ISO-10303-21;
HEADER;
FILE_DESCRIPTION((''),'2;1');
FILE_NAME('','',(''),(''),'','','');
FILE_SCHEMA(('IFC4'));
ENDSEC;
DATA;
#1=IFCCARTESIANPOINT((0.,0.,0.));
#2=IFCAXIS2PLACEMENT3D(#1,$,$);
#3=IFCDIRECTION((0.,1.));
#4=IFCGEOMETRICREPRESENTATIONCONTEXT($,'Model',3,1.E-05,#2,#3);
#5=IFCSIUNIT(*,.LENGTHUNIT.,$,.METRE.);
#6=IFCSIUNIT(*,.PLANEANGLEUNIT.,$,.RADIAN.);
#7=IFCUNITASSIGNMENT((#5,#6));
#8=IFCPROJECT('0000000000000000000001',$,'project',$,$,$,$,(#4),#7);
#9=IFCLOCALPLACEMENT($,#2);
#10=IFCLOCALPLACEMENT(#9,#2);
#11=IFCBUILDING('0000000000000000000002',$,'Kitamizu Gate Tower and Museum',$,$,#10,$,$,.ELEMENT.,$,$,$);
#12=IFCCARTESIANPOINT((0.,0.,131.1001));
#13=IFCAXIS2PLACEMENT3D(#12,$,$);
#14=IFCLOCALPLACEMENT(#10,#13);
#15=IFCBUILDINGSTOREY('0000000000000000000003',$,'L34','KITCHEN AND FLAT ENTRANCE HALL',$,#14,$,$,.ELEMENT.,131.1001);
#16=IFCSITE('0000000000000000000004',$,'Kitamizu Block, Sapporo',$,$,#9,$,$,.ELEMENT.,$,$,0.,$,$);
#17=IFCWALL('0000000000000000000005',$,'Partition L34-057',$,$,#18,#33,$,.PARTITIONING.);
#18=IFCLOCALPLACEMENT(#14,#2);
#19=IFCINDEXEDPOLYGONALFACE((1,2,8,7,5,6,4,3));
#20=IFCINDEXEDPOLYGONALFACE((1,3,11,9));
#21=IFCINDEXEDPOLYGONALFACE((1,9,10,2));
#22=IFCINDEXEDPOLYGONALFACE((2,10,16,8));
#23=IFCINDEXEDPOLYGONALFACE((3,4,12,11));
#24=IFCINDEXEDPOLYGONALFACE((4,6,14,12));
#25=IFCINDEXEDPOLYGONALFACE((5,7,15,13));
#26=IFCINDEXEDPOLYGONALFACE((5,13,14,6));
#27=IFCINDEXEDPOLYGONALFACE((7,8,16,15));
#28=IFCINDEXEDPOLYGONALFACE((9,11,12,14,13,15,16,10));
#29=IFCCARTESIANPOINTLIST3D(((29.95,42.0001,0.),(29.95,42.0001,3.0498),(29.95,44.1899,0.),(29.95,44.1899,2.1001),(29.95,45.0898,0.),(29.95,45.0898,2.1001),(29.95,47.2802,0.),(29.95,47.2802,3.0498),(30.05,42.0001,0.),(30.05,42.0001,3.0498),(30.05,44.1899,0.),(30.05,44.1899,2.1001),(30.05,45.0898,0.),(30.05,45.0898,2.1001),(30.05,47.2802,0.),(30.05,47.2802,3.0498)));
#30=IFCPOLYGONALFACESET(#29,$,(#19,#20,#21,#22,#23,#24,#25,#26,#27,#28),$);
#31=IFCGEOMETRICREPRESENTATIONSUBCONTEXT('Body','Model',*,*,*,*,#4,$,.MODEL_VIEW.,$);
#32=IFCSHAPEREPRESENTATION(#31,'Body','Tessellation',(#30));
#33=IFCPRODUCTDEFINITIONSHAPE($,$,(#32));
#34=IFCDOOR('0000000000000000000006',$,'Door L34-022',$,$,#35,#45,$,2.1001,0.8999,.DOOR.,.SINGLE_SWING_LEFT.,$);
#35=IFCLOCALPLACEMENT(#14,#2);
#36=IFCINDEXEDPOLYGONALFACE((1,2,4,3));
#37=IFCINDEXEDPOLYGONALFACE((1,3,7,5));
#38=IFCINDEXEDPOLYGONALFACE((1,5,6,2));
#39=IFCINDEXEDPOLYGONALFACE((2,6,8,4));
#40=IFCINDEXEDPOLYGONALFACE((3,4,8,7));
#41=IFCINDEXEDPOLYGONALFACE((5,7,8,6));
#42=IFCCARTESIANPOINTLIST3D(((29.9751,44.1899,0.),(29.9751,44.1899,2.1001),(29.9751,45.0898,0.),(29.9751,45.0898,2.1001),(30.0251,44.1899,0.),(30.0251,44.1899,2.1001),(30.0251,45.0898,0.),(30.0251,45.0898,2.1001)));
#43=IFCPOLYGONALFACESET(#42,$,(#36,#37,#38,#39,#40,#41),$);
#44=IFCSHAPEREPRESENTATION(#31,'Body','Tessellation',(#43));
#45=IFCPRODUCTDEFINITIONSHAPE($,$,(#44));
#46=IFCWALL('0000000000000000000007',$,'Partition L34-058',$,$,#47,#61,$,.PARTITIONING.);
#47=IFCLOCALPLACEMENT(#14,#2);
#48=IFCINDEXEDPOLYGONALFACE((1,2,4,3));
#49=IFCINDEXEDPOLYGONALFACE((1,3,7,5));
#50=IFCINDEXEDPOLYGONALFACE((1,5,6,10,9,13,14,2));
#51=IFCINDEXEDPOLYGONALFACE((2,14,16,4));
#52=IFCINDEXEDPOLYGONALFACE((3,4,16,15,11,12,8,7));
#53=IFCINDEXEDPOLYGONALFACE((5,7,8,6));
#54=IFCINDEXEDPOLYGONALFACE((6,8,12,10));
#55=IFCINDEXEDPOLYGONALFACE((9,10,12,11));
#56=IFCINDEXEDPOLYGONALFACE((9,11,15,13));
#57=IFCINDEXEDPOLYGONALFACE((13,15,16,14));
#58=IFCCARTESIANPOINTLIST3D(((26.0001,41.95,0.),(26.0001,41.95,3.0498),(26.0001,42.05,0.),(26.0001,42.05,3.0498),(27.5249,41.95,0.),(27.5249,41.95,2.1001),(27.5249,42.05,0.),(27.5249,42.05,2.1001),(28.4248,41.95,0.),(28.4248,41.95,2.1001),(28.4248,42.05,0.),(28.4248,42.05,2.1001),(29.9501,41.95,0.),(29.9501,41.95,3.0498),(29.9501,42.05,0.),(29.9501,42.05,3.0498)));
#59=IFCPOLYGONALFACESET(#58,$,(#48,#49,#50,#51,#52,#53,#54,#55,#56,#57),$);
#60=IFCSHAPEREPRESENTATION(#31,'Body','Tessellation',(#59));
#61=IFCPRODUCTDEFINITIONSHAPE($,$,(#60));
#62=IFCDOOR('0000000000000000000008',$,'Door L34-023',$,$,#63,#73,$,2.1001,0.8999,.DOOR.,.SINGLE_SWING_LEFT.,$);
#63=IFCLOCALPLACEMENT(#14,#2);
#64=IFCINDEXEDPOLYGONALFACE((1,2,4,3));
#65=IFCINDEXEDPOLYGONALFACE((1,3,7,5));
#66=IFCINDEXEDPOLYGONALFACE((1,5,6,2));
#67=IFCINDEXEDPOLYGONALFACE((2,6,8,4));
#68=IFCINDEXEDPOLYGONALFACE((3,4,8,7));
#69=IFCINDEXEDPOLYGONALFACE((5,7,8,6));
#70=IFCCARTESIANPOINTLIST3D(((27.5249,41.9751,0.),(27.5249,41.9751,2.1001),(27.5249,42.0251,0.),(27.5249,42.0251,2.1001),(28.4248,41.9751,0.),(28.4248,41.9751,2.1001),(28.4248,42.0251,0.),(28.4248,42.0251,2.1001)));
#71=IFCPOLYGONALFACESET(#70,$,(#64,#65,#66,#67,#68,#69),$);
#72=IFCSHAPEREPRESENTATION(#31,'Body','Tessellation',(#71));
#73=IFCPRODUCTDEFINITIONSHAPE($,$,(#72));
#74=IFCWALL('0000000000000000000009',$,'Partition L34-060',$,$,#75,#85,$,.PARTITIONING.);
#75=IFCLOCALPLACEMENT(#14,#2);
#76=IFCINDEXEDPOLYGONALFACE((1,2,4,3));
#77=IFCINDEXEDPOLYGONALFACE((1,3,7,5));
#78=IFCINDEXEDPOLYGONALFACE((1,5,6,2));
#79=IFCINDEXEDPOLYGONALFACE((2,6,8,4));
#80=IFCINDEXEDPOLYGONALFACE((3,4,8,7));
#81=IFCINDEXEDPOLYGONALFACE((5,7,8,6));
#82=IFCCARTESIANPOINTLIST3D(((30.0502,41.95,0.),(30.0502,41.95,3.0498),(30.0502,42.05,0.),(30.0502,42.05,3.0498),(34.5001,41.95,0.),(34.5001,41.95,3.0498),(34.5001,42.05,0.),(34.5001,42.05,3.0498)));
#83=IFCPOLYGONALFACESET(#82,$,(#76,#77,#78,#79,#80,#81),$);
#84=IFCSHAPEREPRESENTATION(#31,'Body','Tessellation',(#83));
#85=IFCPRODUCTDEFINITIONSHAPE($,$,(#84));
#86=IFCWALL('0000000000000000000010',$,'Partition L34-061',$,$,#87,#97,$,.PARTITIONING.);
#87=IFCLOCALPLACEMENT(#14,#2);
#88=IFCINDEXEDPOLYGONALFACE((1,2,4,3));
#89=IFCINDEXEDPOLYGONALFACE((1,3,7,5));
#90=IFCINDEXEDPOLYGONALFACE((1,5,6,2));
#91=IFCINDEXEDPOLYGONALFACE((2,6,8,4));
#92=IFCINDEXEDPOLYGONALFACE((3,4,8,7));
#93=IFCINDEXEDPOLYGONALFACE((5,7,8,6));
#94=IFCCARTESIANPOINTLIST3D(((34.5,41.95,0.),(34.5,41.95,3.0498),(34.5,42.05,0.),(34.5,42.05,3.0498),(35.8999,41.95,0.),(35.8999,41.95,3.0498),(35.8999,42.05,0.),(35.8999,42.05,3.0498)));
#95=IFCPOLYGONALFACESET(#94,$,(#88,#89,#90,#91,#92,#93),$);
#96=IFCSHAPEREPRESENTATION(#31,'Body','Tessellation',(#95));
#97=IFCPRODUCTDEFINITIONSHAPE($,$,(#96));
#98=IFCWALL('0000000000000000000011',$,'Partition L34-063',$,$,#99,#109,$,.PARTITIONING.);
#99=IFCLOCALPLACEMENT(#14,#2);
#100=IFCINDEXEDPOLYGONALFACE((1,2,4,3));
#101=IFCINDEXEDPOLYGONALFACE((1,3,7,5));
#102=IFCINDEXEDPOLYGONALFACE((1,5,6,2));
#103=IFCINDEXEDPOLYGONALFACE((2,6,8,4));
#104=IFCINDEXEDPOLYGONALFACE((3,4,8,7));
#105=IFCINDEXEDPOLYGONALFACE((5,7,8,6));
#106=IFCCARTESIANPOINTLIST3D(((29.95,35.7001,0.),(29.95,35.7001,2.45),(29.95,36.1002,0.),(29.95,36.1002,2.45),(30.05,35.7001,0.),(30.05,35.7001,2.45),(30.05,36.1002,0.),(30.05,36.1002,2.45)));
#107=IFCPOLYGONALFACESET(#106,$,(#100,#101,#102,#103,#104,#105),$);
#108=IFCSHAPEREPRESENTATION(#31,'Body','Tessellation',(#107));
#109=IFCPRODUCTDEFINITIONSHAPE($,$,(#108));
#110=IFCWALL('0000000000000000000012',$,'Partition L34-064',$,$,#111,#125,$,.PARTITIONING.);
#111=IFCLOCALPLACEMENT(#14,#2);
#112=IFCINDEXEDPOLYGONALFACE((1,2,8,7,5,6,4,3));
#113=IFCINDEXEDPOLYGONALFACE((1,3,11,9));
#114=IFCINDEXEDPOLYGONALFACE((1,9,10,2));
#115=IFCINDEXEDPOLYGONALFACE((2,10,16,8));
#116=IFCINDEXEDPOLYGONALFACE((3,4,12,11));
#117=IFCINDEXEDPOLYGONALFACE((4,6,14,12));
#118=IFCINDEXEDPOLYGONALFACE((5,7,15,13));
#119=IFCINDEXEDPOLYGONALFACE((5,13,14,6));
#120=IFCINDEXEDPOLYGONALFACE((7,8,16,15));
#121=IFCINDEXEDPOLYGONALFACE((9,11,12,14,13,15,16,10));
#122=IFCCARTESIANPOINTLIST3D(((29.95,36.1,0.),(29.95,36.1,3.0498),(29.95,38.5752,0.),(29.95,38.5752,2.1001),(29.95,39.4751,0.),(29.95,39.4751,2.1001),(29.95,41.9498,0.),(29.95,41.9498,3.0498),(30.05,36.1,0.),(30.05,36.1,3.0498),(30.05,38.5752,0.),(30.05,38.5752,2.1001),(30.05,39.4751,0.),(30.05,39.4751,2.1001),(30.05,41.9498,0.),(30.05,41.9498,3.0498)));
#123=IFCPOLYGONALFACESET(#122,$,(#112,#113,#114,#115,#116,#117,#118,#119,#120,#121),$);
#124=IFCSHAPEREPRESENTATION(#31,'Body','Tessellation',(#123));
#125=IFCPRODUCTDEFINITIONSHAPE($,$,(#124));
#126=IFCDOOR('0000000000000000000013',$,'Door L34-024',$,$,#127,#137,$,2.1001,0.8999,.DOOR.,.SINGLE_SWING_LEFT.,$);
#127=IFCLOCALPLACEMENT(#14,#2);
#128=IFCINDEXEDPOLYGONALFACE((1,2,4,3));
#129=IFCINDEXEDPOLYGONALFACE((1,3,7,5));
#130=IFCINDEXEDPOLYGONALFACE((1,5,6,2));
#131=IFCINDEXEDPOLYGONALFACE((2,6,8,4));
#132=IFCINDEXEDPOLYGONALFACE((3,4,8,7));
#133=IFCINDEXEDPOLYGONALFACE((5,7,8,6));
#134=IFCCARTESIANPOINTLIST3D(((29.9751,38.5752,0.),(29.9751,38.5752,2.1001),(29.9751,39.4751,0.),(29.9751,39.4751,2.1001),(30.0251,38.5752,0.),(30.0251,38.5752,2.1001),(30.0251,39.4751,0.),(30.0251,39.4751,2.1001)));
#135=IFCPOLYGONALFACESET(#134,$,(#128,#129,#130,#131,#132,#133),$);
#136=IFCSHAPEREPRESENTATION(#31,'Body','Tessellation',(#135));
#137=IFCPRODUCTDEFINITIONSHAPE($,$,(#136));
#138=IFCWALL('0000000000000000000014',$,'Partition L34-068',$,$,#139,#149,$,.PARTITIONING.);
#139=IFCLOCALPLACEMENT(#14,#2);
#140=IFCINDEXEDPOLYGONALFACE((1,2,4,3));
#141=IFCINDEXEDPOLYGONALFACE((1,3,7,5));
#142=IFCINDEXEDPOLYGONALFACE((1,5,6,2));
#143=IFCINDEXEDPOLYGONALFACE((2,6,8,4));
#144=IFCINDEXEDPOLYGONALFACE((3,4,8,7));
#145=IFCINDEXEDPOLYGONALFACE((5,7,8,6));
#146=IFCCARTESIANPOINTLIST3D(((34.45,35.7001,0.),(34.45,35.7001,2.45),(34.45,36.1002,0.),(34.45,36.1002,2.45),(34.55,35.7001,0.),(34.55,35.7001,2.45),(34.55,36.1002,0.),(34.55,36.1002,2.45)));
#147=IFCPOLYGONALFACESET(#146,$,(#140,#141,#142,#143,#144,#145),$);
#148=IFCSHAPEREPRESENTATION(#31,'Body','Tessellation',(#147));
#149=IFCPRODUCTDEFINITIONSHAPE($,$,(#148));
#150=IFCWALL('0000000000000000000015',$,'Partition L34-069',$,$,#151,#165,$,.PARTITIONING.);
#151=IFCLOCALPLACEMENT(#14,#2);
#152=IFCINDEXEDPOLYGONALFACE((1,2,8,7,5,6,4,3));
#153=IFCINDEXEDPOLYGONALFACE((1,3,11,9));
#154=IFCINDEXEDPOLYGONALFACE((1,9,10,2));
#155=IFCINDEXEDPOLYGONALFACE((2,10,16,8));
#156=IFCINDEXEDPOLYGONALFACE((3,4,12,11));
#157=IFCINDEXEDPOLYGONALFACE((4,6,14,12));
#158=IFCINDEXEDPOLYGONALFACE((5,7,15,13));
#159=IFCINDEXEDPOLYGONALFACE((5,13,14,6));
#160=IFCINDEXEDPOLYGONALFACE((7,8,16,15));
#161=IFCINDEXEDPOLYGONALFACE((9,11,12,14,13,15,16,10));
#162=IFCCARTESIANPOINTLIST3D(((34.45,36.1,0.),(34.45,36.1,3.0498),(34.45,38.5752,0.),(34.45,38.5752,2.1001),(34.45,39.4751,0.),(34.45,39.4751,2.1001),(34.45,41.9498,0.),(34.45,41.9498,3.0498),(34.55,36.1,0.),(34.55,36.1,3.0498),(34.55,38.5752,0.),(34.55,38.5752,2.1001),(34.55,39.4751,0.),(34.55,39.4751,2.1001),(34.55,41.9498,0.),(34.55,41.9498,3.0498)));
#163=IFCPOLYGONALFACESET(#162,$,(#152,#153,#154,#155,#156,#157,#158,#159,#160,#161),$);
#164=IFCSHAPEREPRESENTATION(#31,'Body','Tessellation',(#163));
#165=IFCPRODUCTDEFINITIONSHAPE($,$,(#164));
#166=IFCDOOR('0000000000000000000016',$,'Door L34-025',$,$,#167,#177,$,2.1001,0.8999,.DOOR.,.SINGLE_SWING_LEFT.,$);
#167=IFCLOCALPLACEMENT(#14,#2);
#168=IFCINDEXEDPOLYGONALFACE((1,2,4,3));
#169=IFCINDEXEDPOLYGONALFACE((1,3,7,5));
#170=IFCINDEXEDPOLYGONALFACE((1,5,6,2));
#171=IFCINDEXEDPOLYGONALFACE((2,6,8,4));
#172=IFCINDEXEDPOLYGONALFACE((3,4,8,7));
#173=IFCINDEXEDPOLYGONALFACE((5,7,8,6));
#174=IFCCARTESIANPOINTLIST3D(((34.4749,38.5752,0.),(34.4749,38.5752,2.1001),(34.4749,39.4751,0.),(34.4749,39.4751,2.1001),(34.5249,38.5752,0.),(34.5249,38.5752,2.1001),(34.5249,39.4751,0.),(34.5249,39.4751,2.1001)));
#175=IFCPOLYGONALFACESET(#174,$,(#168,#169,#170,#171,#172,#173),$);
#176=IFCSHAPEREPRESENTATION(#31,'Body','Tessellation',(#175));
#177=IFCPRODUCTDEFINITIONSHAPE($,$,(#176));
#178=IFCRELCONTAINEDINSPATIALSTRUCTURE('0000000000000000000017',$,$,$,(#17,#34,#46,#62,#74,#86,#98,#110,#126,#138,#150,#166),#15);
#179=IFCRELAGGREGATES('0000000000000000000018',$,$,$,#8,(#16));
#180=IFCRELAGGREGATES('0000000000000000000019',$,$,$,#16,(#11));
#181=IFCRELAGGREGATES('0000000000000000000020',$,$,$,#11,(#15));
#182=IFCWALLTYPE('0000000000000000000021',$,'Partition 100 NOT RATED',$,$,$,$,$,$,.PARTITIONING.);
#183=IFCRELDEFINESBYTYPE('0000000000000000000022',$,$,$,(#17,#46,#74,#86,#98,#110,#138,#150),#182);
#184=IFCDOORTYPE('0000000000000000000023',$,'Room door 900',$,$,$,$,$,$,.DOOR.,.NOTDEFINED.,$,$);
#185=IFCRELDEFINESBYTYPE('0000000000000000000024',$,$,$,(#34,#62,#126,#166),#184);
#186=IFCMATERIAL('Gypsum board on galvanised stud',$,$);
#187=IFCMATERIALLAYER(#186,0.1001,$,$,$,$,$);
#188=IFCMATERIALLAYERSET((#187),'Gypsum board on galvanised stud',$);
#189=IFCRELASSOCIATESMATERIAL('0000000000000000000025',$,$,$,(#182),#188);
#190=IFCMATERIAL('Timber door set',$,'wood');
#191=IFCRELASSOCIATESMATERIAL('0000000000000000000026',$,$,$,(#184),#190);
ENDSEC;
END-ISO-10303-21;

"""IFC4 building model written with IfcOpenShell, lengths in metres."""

from ifc_helpers import new_model, si_unit, direction, frame, frame_2d, origin, place, context, subcontext, project, spatial, rectangle, extrude, material, layer, layer_set, type_object, element, fill, save


model = new_model("IFC4")

# Units and contexts
model_context = context("Model", 3, precision=1e-05, world=origin(), true_north=direction((0.0, 1.0)))
body_context = subcontext(model_context, "Body", "Model", "MODEL_VIEW")
ifc_project = project(units=[si_unit("LENGTHUNIT", "METRE"), si_unit("PLANEANGLEUNIT", "RADIAN")], contexts=[model_context])

# Site, building, storey
site_placement = place(None, origin())
site = spatial("IfcSite", under=ifc_project, at=site_placement, Name="Kitamizu Block, Sapporo", CompositionType="ELEMENT", RefElevation=0.0)
building_placement = place(site_placement, origin())
building = spatial("IfcBuilding", under=site, at=building_placement, Name="Kitamizu Gate Tower and Museum", CompositionType="ELEMENT")
storey_placement = place(building_placement, frame((0.0, 0.0, 131.1001)))
storey = spatial("IfcBuildingStorey", under=building, at=storey_placement, Name="L34", Description="KITCHEN AND FLAT ENTRANCE HALL", CompositionType="ELEMENT", Elevation=131.1001)

# Walls, openings, doors
ifc_material_1 = material(Name="Gypsum board on galvanised stud")
ifc_layer_1 = layer(ifc_material_1, 0.1001)
ifc_layer_set_1 = layer_set([ifc_layer_1], Name="Gypsum board on galvanised stud")
wall_type_1 = type_object("IfcWallType", Name="Partition 100 NOT RATED", PredefinedType="PARTITIONING", material=ifc_layer_set_1)
ifc_material_2 = material(Name="Timber door set", Category="wood")
door_type = type_object("IfcDoorType", Name="Room door 900", OperationType="NOTDEFINED", PredefinedType="DOOR", material=ifc_material_2)
wall_1_placement = place(storey_placement, frame((30.0, 42.0, 0.0), z_axis=(0.0, 0.0, 1.0), x_axis=(0.0, 1.0, 0.0)))
wall_1 = element("IfcWall", 1, at=wall_1_placement, inside=storey, type_object=wall_type_1, Name="Partition L34-057", PredefinedType="PARTITIONING", context=body_context, shape_type="SweptSolid", body=[
    extrude(rectangle(XDim=5.28, YDim=0.1001, at=frame_2d((2.6401, 0.0))), origin(), (0.0, 0.0, 1.0), 3.0498),
])
opening_1_placement = place(wall_1_placement, frame((2.1899, 0.0, 0.0)))
opening_1 = element("IfcOpeningElement", 2, at=opening_1_placement, cuts=wall_1, PredefinedType="OPENING", context=body_context, shape_type="SweptSolid", body=[
    extrude(rectangle(XDim=0.8999, YDim=2.1001, at=frame_2d((0.45, 1.05))), frame((0.0, 0.0601, 0.0), z_axis=(0.0, -1.0, 0.0), x_axis=(1.0, 0.0, 0.0)), (0.0, 0.0, 1.0), 0.1201),
])
door_1_placement = place(opening_1_placement, origin())
door_1 = element("IfcDoor", 3, at=door_1_placement, inside=storey, type_object=door_type, Name="Door L34-022", OperationType="SINGLE_SWING_LEFT", OverallHeight=2.1001, OverallWidth=0.8999, PredefinedType="DOOR", context=body_context, shape_type="SweptSolid", body=[
    extrude(rectangle(XDim=0.8999, YDim=2.1001, at=frame_2d((0.45, 1.05))), frame((0.0, 0.0249, 0.0), z_axis=(0.0, -1.0, 0.0), x_axis=(1.0, 0.0, 0.0)), (0.0, 0.0, 1.0), 0.05),
])
fill(opening_1, door_1)
wall_2_placement = place(storey_placement, frame((26.0, 42.0, 0.0), z_axis=(0.0, 0.0, 1.0), x_axis=(1.0, 0.0, 0.0)))
wall_2 = element("IfcWall", 4, at=wall_2_placement, inside=storey, type_object=wall_type_1, Name="Partition L34-058", PredefinedType="PARTITIONING", context=body_context, shape_type="SweptSolid", body=[
    extrude(rectangle(XDim=3.95, YDim=0.1001, at=frame_2d((1.9751, 0.0))), origin(), (0.0, 0.0, 1.0), 3.0498),
])
opening_2_placement = place(wall_2_placement, frame((1.5249, 0.0, 0.0)))
opening_2 = element("IfcOpeningElement", 5, at=opening_2_placement, cuts=wall_2, PredefinedType="OPENING", context=body_context, shape_type="SweptSolid", body=[
    extrude(rectangle(XDim=0.8999, YDim=2.1001, at=frame_2d((0.45, 1.05))), frame((0.0, 0.0601, 0.0), z_axis=(0.0, -1.0, 0.0), x_axis=(1.0, 0.0, 0.0)), (0.0, 0.0, 1.0), 0.1201),
])
door_2_placement = place(opening_2_placement, frame((0.8999, 0.0, 0.0), x_axis=(-1.0, 0.0, 0.0)))
door_2 = element("IfcDoor", 6, at=door_2_placement, inside=storey, type_object=door_type, Name="Door L34-023", OperationType="SINGLE_SWING_LEFT", OverallHeight=2.1001, OverallWidth=0.8999, PredefinedType="DOOR", context=body_context, shape_type="SweptSolid", body=[
    extrude(rectangle(XDim=0.8999, YDim=2.1001, at=frame_2d((0.45, 1.05))), frame((0.0, 0.0249, 0.0), z_axis=(0.0, -1.0, 0.0), x_axis=(1.0, 0.0, 0.0)), (0.0, 0.0, 1.0), 0.05),
])
fill(opening_2, door_2)

# Walls
wall_3_placement = place(storey_placement, frame((30.05, 42.0, 0.0), z_axis=(0.0, 0.0, 1.0), x_axis=(1.0, 0.0, 0.0)))
element("IfcWall", 7, at=wall_3_placement, inside=storey, type_object=wall_type_1, Name="Partition L34-060", PredefinedType="PARTITIONING", context=body_context, shape_type="SweptSolid", body=[
    extrude(rectangle(XDim=4.45, YDim=0.1001, at=frame_2d((2.2251, 0.0))), origin(), (0.0, 0.0, 1.0), 3.0498),
])
wall_4_placement = place(storey_placement, frame((34.5, 42.0, 0.0), z_axis=(0.0, 0.0, 1.0), x_axis=(1.0, 0.0, 0.0)))
element("IfcWall", 8, at=wall_4_placement, inside=storey, type_object=wall_type_1, Name="Partition L34-061", PredefinedType="PARTITIONING", context=body_context, shape_type="SweptSolid", body=[
    extrude(rectangle(XDim=1.3999, YDim=0.1001, at=frame_2d((0.7, 0.0))), origin(), (0.0, 0.0, 1.0), 3.0498),
])
wall_5_placement = place(storey_placement, frame((30.0, 35.7, 0.0), z_axis=(0.0, 0.0, 1.0), x_axis=(0.0, 1.0, 0.0)))
element("IfcWall", 9, at=wall_5_placement, inside=storey, type_object=wall_type_1, Name="Partition L34-063", PredefinedType="PARTITIONING", context=body_context, shape_type="SweptSolid", body=[
    extrude(rectangle(XDim=0.4001, YDim=0.1001, at=frame_2d((0.2002, 0.0))), origin(), (0.0, 0.0, 1.0), 2.45),
])

# Wall, opening, door
wall_6_placement = place(storey_placement, frame((30.0, 36.1001, 0.0), z_axis=(0.0, 0.0, 1.0), x_axis=(0.0, 1.0, 0.0)))
wall_6 = element("IfcWall", 10, at=wall_6_placement, inside=storey, type_object=wall_type_1, Name="Partition L34-064", PredefinedType="PARTITIONING", context=body_context, shape_type="SweptSolid", body=[
    extrude(rectangle(XDim=5.8499, YDim=0.1001, at=frame_2d((2.9248, 0.0))), origin(), (0.0, 0.0, 1.0), 3.0498),
])
opening_3_placement = place(wall_6_placement, frame((2.4751, 0.0, 0.0)))
opening_3 = element("IfcOpeningElement", 11, at=opening_3_placement, cuts=wall_6, PredefinedType="OPENING", context=body_context, shape_type="SweptSolid", body=[
    extrude(rectangle(XDim=0.8999, YDim=2.1001, at=frame_2d((0.45, 1.05))), frame((0.0, 0.0601, 0.0), z_axis=(0.0, -1.0, 0.0), x_axis=(1.0, 0.0, 0.0)), (0.0, 0.0, 1.0), 0.1201),
])
door_3_placement = place(opening_3_placement, origin())
door_3 = element("IfcDoor", 12, at=door_3_placement, inside=storey, type_object=door_type, Name="Door L34-024", OperationType="SINGLE_SWING_LEFT", OverallHeight=2.1001, OverallWidth=0.8999, PredefinedType="DOOR", context=body_context, shape_type="SweptSolid", body=[
    extrude(rectangle(XDim=0.8999, YDim=2.1001, at=frame_2d((0.45, 1.05))), frame((0.0, 0.0249, 0.0), z_axis=(0.0, -1.0, 0.0), x_axis=(1.0, 0.0, 0.0)), (0.0, 0.0, 1.0), 0.05),
])
fill(opening_3, door_3)

# Wall
wall_7_placement = place(storey_placement, frame((34.5, 35.7, 0.0), z_axis=(0.0, 0.0, 1.0), x_axis=(0.0, 1.0, 0.0)))
element("IfcWall", 13, at=wall_7_placement, inside=storey, type_object=wall_type_1, Name="Partition L34-068", PredefinedType="PARTITIONING", context=body_context, shape_type="SweptSolid", body=[
    extrude(rectangle(XDim=0.4001, YDim=0.1001, at=frame_2d((0.2002, 0.0))), origin(), (0.0, 0.0, 1.0), 2.45),
])

# Wall, opening, door
wall_8_placement = place(storey_placement, frame((34.5, 36.1001, 0.0), z_axis=(0.0, 0.0, 1.0), x_axis=(0.0, 1.0, 0.0)))
wall_8 = element("IfcWall", 14, at=wall_8_placement, inside=storey, type_object=wall_type_1, Name="Partition L34-069", PredefinedType="PARTITIONING", context=body_context, shape_type="SweptSolid", body=[
    extrude(rectangle(XDim=5.8499, YDim=0.1001, at=frame_2d((2.9248, 0.0))), origin(), (0.0, 0.0, 1.0), 3.0498),
])
opening_4_placement = place(wall_8_placement, frame((2.4751, 0.0, 0.0)))
opening_4 = element("IfcOpeningElement", 15, at=opening_4_placement, cuts=wall_8, PredefinedType="OPENING", context=body_context, shape_type="SweptSolid", body=[
    extrude(rectangle(XDim=0.8999, YDim=2.1001, at=frame_2d((0.45, 1.05))), frame((0.0, 0.0601, 0.0), z_axis=(0.0, -1.0, 0.0), x_axis=(1.0, 0.0, 0.0)), (0.0, 0.0, 1.0), 0.1201),
])
door_4_placement = place(opening_4_placement, frame((0.8999, 0.0, 0.0), x_axis=(-1.0, 0.0, 0.0)))
door_4 = element("IfcDoor", 16, at=door_4_placement, inside=storey, type_object=door_type, Name="Door L34-025", OperationType="SINGLE_SWING_LEFT", OverallHeight=2.1001, OverallWidth=0.8999, PredefinedType="DOOR", context=body_context, shape_type="SweptSolid", body=[
    extrude(rectangle(XDim=0.8999, YDim=2.1001, at=frame_2d((0.45, 1.05))), frame((0.0, 0.0249, 0.0), z_axis=(0.0, -1.0, 0.0), x_axis=(1.0, 0.0, 0.0)), (0.0, 0.0, 1.0), 0.05),
])
fill(opening_4, door_4)

save(model, "model.ifc")
